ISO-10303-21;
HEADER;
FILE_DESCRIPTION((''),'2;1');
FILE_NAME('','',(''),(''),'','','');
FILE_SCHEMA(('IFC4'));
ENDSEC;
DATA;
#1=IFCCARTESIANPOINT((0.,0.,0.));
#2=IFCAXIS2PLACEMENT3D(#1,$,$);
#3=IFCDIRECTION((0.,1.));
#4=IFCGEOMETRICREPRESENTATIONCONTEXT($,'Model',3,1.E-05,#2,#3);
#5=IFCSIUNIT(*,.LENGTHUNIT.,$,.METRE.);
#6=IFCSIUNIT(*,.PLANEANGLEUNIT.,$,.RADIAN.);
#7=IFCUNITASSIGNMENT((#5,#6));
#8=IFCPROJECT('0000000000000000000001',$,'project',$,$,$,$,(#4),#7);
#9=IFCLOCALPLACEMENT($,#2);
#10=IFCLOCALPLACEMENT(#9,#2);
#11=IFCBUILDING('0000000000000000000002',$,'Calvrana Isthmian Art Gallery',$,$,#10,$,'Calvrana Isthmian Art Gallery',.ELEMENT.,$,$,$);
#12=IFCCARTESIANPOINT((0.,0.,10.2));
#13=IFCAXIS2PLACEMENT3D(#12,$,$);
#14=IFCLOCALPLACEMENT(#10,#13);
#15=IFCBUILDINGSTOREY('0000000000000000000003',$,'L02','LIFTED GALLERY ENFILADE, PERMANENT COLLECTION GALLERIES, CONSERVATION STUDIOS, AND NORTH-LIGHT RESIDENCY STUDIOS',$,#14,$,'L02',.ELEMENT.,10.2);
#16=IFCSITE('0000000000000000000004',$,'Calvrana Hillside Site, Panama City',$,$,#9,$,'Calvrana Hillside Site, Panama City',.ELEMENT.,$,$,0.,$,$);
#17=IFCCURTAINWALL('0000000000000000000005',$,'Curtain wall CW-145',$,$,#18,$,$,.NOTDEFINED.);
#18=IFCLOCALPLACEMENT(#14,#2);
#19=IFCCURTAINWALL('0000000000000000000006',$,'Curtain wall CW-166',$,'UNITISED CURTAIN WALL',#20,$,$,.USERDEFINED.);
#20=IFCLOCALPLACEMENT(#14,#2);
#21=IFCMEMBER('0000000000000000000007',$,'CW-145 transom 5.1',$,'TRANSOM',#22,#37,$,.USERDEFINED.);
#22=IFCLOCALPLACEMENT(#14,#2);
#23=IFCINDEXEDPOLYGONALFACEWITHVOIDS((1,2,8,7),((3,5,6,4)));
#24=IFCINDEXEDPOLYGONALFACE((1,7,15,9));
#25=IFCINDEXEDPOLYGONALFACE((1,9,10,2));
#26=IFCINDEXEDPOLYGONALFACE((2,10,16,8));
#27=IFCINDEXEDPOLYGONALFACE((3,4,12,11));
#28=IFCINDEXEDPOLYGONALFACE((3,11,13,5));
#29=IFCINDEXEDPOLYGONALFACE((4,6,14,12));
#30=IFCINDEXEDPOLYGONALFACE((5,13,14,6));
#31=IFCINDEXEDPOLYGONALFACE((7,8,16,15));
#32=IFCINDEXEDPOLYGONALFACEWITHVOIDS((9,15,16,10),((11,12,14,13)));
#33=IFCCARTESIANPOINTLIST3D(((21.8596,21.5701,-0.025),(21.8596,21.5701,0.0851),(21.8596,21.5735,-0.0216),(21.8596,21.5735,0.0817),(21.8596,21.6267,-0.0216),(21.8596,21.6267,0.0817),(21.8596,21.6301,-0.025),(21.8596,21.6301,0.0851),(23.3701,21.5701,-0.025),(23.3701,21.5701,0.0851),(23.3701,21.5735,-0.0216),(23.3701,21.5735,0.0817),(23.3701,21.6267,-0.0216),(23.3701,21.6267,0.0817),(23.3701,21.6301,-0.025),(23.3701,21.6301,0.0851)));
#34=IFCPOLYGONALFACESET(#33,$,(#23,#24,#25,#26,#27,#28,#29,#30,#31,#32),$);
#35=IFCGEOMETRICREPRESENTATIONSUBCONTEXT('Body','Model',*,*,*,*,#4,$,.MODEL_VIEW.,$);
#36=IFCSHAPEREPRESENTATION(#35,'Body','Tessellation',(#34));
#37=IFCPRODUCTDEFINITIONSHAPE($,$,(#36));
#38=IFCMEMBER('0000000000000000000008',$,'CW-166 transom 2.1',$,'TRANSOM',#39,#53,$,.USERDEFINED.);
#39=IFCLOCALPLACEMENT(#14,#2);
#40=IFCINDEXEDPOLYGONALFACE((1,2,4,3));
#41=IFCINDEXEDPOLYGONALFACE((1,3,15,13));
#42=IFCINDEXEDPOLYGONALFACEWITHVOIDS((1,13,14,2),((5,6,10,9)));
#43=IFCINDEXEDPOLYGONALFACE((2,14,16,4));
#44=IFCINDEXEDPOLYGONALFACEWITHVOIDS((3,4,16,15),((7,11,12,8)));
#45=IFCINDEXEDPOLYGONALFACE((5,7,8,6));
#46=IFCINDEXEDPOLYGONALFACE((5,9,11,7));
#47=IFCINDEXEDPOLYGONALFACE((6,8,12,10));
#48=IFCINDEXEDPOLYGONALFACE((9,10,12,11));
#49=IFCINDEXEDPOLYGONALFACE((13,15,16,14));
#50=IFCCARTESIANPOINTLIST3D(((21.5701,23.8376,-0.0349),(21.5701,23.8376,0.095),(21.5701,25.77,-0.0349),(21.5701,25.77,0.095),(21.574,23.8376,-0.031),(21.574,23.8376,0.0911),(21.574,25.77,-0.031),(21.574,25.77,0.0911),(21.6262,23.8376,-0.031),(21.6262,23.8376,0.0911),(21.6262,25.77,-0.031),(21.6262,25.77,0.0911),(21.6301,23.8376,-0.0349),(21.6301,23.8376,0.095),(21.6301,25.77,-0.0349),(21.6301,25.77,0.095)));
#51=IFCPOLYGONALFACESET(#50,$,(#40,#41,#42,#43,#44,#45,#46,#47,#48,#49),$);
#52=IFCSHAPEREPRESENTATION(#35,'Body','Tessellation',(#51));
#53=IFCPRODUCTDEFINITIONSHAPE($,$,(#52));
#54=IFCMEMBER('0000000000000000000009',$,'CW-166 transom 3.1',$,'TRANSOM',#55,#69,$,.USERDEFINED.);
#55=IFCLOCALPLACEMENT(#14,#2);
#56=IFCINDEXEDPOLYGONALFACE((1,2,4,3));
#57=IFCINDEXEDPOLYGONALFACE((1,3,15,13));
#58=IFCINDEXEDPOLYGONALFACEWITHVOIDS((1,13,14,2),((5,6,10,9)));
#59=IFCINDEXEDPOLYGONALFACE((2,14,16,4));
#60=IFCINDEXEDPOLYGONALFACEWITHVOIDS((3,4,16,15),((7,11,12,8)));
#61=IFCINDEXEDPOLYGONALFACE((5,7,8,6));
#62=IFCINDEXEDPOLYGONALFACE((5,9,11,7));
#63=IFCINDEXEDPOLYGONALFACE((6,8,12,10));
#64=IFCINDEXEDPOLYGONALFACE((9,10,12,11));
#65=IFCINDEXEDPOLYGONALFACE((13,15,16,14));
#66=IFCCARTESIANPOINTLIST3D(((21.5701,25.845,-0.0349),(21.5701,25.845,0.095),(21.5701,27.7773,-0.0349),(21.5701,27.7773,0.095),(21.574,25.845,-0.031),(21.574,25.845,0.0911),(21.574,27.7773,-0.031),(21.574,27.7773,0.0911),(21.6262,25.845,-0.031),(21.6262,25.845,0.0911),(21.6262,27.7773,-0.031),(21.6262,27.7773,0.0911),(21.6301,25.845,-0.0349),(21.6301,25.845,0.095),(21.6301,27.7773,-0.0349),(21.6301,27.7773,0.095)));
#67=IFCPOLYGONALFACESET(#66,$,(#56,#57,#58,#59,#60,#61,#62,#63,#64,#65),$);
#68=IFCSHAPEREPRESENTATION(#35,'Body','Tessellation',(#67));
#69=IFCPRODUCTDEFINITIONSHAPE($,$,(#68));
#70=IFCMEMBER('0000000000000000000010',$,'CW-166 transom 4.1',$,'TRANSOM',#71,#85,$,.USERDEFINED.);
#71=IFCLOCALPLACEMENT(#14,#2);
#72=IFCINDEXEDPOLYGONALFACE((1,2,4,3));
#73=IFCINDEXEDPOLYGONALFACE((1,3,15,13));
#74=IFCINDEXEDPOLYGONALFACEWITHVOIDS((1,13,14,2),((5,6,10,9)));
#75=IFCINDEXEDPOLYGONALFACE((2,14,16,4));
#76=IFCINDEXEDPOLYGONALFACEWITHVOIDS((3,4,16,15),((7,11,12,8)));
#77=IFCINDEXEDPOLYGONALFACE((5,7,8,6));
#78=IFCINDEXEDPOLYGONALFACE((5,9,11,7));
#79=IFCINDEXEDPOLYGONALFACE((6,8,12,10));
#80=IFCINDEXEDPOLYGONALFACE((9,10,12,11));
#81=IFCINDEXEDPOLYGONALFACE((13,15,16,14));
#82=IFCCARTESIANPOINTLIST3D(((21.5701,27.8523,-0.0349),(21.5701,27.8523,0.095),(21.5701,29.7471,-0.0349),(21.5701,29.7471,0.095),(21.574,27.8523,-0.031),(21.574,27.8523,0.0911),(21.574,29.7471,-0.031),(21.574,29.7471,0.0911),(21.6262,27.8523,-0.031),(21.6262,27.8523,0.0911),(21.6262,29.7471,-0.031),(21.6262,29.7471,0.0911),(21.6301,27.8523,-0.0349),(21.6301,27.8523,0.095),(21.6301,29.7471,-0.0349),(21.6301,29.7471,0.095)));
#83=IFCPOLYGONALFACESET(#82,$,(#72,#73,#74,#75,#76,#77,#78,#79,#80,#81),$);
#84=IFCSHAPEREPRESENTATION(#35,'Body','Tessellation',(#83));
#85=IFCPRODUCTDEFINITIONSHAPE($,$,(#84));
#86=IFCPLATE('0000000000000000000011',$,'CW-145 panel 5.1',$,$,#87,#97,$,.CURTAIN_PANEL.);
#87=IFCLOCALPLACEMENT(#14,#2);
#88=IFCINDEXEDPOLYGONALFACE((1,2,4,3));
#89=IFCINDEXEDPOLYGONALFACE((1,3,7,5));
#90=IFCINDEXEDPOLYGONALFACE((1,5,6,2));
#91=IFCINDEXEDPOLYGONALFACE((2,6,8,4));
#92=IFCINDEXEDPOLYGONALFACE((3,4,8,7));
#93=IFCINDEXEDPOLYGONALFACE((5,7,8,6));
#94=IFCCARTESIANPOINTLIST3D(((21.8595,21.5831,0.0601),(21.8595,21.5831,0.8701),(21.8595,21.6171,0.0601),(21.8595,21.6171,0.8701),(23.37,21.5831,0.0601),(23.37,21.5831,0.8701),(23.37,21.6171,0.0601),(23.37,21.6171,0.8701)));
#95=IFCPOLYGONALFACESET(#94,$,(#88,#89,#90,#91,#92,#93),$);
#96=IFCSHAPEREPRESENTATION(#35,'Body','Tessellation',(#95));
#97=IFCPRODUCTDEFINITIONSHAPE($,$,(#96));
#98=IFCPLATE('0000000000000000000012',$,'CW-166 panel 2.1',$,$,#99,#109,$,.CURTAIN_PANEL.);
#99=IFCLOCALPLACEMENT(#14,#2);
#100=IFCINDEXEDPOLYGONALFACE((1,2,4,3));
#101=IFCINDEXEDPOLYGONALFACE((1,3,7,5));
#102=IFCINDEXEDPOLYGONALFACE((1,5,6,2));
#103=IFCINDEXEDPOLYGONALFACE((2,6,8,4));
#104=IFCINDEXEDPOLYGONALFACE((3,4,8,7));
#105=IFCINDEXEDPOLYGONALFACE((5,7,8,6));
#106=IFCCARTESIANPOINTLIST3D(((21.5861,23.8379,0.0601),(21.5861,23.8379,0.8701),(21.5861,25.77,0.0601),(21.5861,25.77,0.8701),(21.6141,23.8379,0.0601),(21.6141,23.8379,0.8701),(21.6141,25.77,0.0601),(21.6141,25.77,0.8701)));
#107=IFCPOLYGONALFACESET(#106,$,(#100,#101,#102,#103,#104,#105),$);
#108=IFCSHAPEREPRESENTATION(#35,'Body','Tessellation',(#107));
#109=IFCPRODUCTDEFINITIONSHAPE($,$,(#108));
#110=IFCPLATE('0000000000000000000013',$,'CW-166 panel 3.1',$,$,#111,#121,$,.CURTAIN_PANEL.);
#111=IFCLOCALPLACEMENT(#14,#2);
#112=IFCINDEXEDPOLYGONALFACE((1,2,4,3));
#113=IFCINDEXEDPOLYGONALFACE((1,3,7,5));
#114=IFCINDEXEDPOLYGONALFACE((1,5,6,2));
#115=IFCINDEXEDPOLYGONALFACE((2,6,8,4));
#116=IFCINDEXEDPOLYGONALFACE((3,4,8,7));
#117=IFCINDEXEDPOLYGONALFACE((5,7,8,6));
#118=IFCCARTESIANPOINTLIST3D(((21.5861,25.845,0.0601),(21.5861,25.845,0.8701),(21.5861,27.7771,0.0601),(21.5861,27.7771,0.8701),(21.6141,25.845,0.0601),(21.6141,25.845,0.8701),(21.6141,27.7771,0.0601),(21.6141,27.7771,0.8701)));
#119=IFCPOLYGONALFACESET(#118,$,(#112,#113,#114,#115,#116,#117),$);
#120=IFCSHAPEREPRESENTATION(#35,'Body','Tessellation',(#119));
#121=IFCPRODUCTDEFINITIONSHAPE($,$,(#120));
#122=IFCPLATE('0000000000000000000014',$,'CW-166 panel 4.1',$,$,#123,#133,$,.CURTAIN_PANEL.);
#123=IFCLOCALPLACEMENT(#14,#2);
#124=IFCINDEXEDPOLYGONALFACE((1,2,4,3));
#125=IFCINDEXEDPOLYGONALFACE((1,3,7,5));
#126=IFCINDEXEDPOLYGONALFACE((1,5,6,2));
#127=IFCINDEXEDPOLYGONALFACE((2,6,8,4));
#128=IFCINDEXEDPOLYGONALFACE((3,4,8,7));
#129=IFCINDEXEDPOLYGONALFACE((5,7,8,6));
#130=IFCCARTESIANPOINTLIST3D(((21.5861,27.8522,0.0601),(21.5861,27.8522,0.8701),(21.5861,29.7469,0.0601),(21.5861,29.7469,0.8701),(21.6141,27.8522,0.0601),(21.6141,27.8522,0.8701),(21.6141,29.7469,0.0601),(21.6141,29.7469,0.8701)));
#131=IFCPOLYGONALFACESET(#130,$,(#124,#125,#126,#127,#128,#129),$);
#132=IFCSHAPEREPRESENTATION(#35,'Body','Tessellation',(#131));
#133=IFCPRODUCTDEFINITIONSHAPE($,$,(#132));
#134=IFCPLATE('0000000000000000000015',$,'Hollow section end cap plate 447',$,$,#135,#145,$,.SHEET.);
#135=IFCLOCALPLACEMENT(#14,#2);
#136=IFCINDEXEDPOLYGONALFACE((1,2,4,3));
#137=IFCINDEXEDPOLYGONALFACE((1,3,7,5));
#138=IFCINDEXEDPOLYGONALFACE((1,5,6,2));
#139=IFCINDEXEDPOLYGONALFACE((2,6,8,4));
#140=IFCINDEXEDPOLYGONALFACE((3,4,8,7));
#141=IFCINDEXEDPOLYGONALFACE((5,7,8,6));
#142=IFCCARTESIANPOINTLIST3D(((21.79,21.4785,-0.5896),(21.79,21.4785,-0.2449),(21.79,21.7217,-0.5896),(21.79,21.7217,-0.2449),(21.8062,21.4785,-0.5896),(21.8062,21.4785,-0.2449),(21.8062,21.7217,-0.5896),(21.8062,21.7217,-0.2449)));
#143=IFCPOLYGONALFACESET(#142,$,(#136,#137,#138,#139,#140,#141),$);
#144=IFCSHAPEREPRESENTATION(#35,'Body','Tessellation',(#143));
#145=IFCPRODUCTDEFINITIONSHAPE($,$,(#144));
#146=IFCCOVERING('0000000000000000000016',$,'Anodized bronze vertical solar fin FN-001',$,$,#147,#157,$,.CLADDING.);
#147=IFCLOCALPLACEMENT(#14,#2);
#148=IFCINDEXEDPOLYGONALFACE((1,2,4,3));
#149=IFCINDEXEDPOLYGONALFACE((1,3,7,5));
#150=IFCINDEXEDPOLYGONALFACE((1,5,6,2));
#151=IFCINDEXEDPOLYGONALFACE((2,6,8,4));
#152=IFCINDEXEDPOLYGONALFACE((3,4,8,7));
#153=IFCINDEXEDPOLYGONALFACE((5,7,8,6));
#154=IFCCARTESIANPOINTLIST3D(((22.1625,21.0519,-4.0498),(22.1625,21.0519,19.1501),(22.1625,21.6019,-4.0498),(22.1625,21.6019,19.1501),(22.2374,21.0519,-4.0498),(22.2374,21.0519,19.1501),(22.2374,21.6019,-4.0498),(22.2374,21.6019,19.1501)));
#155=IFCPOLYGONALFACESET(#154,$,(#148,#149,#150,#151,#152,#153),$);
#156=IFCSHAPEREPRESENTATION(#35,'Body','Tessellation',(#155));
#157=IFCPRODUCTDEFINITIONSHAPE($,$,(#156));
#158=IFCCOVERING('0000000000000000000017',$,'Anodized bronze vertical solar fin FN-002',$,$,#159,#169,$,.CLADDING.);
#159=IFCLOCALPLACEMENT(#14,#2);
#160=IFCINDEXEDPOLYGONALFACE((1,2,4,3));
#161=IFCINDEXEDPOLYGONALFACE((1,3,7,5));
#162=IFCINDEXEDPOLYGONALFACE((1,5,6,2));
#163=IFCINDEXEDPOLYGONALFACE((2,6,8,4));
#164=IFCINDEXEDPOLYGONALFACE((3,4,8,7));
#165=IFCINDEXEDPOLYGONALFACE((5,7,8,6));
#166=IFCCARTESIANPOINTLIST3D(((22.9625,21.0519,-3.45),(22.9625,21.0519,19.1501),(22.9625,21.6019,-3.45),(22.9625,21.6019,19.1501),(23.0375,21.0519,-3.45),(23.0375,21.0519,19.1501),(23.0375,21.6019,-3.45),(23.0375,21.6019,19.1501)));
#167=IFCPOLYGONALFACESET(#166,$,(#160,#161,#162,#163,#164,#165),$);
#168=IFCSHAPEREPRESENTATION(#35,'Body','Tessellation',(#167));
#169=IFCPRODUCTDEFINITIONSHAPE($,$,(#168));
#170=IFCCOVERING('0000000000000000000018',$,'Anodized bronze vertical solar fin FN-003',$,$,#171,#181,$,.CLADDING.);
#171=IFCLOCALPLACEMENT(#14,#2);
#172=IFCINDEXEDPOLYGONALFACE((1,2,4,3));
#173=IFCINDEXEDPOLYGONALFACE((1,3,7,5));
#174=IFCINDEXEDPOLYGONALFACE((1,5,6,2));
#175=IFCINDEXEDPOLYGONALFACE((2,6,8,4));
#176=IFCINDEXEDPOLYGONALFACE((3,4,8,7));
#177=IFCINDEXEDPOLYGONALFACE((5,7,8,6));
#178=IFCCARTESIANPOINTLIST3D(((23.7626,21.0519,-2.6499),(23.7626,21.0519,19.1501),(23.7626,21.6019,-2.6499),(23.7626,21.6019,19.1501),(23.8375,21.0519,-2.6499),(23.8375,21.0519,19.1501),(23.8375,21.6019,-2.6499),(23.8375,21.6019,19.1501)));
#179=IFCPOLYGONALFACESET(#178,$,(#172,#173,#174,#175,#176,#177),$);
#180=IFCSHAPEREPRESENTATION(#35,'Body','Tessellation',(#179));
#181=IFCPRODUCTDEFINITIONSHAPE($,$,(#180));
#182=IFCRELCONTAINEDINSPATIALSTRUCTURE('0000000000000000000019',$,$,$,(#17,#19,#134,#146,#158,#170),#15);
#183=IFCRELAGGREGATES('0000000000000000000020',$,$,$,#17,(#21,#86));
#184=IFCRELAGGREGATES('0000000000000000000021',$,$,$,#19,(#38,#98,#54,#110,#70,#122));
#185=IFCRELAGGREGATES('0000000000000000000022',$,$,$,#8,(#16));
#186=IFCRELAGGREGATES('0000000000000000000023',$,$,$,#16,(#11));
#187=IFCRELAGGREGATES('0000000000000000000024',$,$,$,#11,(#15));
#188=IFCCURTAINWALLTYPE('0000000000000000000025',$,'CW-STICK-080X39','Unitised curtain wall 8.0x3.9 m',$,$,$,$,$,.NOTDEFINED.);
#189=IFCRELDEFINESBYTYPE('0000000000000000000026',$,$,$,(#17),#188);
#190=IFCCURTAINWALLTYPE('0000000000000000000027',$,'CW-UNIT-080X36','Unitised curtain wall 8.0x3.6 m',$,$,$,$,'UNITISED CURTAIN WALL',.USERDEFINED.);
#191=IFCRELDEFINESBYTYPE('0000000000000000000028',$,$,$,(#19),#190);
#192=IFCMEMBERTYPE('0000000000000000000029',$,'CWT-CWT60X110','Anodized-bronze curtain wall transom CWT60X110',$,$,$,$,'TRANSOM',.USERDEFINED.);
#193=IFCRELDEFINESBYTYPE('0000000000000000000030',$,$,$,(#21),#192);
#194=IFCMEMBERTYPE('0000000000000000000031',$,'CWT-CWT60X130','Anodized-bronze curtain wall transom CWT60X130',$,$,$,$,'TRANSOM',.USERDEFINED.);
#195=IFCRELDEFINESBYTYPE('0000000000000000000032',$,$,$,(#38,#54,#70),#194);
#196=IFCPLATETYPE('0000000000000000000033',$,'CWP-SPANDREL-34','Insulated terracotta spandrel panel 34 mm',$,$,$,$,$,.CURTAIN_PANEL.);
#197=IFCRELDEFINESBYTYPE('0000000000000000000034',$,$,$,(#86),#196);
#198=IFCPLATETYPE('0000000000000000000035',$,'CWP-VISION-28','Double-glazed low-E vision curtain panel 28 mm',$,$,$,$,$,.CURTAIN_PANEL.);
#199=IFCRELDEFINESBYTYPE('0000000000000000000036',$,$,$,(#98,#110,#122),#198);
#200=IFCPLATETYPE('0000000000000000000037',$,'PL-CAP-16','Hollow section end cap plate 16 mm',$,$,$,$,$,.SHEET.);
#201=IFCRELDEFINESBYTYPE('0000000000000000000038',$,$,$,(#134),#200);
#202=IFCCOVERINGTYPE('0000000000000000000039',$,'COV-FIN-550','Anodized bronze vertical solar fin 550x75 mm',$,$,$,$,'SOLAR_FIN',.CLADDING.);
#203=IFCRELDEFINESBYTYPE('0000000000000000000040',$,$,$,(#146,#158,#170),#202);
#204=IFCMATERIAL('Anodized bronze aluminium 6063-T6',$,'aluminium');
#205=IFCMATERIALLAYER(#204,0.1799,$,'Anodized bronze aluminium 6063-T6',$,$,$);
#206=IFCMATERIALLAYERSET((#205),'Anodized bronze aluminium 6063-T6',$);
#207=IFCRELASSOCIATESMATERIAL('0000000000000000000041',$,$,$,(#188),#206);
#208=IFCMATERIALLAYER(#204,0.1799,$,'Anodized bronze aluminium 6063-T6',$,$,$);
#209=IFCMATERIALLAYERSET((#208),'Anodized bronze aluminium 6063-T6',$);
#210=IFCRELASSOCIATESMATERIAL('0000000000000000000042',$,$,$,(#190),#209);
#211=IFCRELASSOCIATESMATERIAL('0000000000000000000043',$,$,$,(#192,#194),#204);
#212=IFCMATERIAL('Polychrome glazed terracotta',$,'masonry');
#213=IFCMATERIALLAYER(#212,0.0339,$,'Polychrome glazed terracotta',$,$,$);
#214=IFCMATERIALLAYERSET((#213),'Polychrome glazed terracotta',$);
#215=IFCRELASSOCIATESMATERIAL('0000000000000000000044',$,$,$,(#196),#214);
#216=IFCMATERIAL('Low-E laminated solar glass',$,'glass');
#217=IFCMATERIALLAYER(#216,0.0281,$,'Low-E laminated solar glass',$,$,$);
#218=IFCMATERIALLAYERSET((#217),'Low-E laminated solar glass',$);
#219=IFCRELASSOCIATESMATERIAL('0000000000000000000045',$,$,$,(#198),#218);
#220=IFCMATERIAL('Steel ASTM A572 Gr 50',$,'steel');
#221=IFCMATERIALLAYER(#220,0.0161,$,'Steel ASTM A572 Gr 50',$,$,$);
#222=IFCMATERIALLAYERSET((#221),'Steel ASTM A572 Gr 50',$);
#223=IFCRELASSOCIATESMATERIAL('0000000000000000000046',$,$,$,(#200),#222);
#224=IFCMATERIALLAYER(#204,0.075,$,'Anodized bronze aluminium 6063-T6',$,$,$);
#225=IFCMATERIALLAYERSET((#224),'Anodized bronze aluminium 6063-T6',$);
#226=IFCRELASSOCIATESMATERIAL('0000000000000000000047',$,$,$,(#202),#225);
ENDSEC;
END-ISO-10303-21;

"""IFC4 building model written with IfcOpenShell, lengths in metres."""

from ifc_helpers import new_model, si_unit, direction, frame, origin, origin_2d, place, context, subcontext, project, spatial, rectangle, hollow_rectangle, extrude, material, layer, layer_set, material_profile, profile_set, type_object, element, aggregate, save


model = new_model("IFC4")

# Units and contexts
model_context = context("Model", 3, precision=1e-05, world=origin(), true_north=direction((0.0, 1.0)))
body_context = subcontext(model_context, "Body", "Model", "MODEL_VIEW")
ifc_project = project(units=[si_unit("LENGTHUNIT", "METRE"), si_unit("PLANEANGLEUNIT", "RADIAN")], contexts=[model_context])

# Site, building, storey
site_placement = place(None, origin())
site = spatial("IfcSite", under=ifc_project, at=site_placement, Name="Calvrana Hillside Site, Panama City", LongName="Calvrana Hillside Site, Panama City", CompositionType="ELEMENT", RefElevation=0.0)
building_placement = place(site_placement, origin())
building = spatial("IfcBuilding", under=site, at=building_placement, Name="Calvrana Isthmian Art Gallery", LongName="Calvrana Isthmian Art Gallery", CompositionType="ELEMENT")
storey_placement = place(building_placement, frame((0.0, 0.0, 10.2)))
storey = spatial("IfcBuildingStorey", under=building, at=storey_placement, Name="L02", Description="LIFTED GALLERY ENFILADE, PERMANENT COLLECTION GALLERIES, CONSERVATION STUDIOS, AND NORTH-LIGHT RESIDENCY STUDIOS", LongName="L02", CompositionType="ELEMENT", Elevation=10.2)

# Curtain walls
ifc_material_1 = material(Name="Anodized bronze aluminium 6063-T6", Category="aluminium")
ifc_layer_1 = layer(ifc_material_1, 0.1799, Name="Anodized bronze aluminium 6063-T6")
ifc_layer_set_1 = layer_set([ifc_layer_1], Name="Anodized bronze aluminium 6063-T6")
curtain_wall_type_1 = type_object("IfcCurtainWallType", Name="CW-STICK-080X39", Description="Unitised curtain wall 8.0x3.9 m", PredefinedType="NOTDEFINED", material=ifc_layer_set_1)
curtain_wall_1_placement = place(storey_placement, origin())
curtain_wall_1 = element("IfcCurtainWall", 1, at=curtain_wall_1_placement, inside=storey, type_object=curtain_wall_type_1, Name="Curtain wall CW-145", PredefinedType="NOTDEFINED")
ifc_layer_2 = layer(ifc_material_1, 0.1799, Name="Anodized bronze aluminium 6063-T6")
ifc_layer_set_2 = layer_set([ifc_layer_2], Name="Anodized bronze aluminium 6063-T6")
curtain_wall_type_2 = type_object("IfcCurtainWallType", Name="CW-UNIT-080X36", Description="Unitised curtain wall 8.0x3.6 m", ElementType="UNITISED CURTAIN WALL", PredefinedType="USERDEFINED", material=ifc_layer_set_2)
curtain_wall_2_placement = place(storey_placement, origin())
curtain_wall_2 = element("IfcCurtainWall", 2, at=curtain_wall_2_placement, inside=storey, type_object=curtain_wall_type_2, Name="Curtain wall CW-166", ObjectType="UNITISED CURTAIN WALL", PredefinedType="USERDEFINED")

# Members
ifc_material_profile_1 = material_profile(ifc_material_1, hollow_rectangle(XDim=0.0601, YDim=0.1101, WallThickness=0.0034, at=origin_2d()), Name="CWT60X110")
ifc_profile_set_1 = profile_set([ifc_material_profile_1], Name="Anodized bronze aluminium 6063-T6")
member_type_1 = type_object("IfcMemberType", Name="CWT-CWT60X110", Description="Anodized-bronze curtain wall transom CWT60X110", ElementType="TRANSOM", PredefinedType="USERDEFINED", material=ifc_profile_set_1)
member_1_placement = place(storey_placement, frame((23.3701, 21.6001, 0.03), z_axis=(-1.0, 0.0, 0.0), x_axis=(0.0, -1.0, 0.0)))
member_1 = element("IfcMember", 3, at=member_1_placement, type_object=member_type_1, Name="CW-145 transom 5.1", ObjectType="TRANSOM", PredefinedType="USERDEFINED", context=body_context, shape_type="SweptSolid", body=[
    extrude(hollow_rectangle(XDim=0.0601, YDim=0.1101, WallThickness=0.0034, at=origin_2d()), origin(), (0.0, 0.0, 1.0), 1.5105),
])
ifc_material_profile_2 = material_profile(ifc_material_1, hollow_rectangle(XDim=0.0601, YDim=0.1299, WallThickness=0.0039, at=origin_2d()), Name="CWT60X130")
ifc_profile_set_2 = profile_set([ifc_material_profile_2], Name="Anodized bronze aluminium 6063-T6")
member_type_2 = type_object("IfcMemberType", Name="CWT-CWT60X130", Description="Anodized-bronze curtain wall transom CWT60X130", ElementType="TRANSOM", PredefinedType="USERDEFINED", material=ifc_profile_set_2)
member_2_placement = place(storey_placement, frame((21.6001, 23.8376, 0.03), z_axis=(0.0, 1.0, 0.0), x_axis=(-1.0, 0.0, 0.0)))
member_2 = element("IfcMember", 4, at=member_2_placement, type_object=member_type_2, Name="CW-166 transom 2.1", ObjectType="TRANSOM", PredefinedType="USERDEFINED", context=body_context, shape_type="SweptSolid", body=[
    extrude(hollow_rectangle(XDim=0.0601, YDim=0.1299, WallThickness=0.0039, at=origin_2d()), origin(), (0.0, 0.0, 1.0), 1.9324),
])
member_3_placement = place(storey_placement, frame((21.6001, 25.845, 0.03), z_axis=(0.0, 1.0, 0.0), x_axis=(-1.0, 0.0, 0.0)))
member_3 = element("IfcMember", 5, at=member_3_placement, type_object=member_type_2, Name="CW-166 transom 3.1", ObjectType="TRANSOM", PredefinedType="USERDEFINED", context=body_context, shape_type="SweptSolid", body=[
    extrude(hollow_rectangle(XDim=0.0601, YDim=0.1299, WallThickness=0.0039, at=origin_2d()), origin(), (0.0, 0.0, 1.0), 1.9324),
])
member_4_placement = place(storey_placement, frame((21.6001, 27.8523, 0.03), z_axis=(0.0, 1.0, 0.0), x_axis=(-1.0, 0.0, 0.0)))
member_4 = element("IfcMember", 6, at=member_4_placement, type_object=member_type_2, Name="CW-166 transom 4.1", ObjectType="TRANSOM", PredefinedType="USERDEFINED", context=body_context, shape_type="SweptSolid", body=[
    extrude(hollow_rectangle(XDim=0.0601, YDim=0.1299, WallThickness=0.0039, at=origin_2d()), origin(), (0.0, 0.0, 1.0), 1.8948),
])

# Plates
ifc_material_2 = material(Name="Polychrome glazed terracotta", Category="masonry")
ifc_layer_3 = layer(ifc_material_2, 0.0339, Name="Polychrome glazed terracotta")
ifc_layer_set_3 = layer_set([ifc_layer_3], Name="Polychrome glazed terracotta")
plate_type_1 = type_object("IfcPlateType", Name="CWP-SPANDREL-34", Description="Insulated terracotta spandrel panel 34 mm", PredefinedType="CURTAIN_PANEL", material=ifc_layer_set_3)
plate_1_placement = place(storey_placement, frame((22.6147, 21.6001, 0.0601), z_axis=(0.0, 0.0, 1.0), x_axis=(-1.0, 0.0, 0.0)))
plate_1 = element("IfcPlate", 7, at=plate_1_placement, type_object=plate_type_1, Name="CW-145 panel 5.1", PredefinedType="CURTAIN_PANEL", context=body_context, shape_type="SweptSolid", body=[
    extrude(rectangle(XDim=1.5105, YDim=0.0339, at=origin_2d()), origin(), (0.0, 0.0, 1.0), 0.8101),
])
aggregate(curtain_wall_1, [member_1, plate_1])
ifc_material_3 = material(Name="Low-E laminated solar glass", Category="glass")
ifc_layer_4 = layer(ifc_material_3, 0.0281, Name="Low-E laminated solar glass")
ifc_layer_set_4 = layer_set([ifc_layer_4], Name="Low-E laminated solar glass")
plate_type_2 = type_object("IfcPlateType", Name="CWP-VISION-28", Description="Double-glazed low-E vision curtain panel 28 mm", PredefinedType="CURTAIN_PANEL", material=ifc_layer_set_4)
plate_2_placement = place(storey_placement, frame((21.6001, 24.804, 0.0601), z_axis=(0.0, 0.0, 1.0), x_axis=(0.0, 1.0, 0.0)))
plate_2 = element("IfcPlate", 8, at=plate_2_placement, type_object=plate_type_2, Name="CW-166 panel 2.1", PredefinedType="CURTAIN_PANEL", context=body_context, shape_type="SweptSolid", body=[
    extrude(rectangle(XDim=1.9321, YDim=0.0281, at=origin_2d()), origin(), (0.0, 0.0, 1.0), 0.8101),
])
plate_3_placement = place(storey_placement, frame((21.6001, 26.811, 0.0601), z_axis=(0.0, 0.0, 1.0), x_axis=(0.0, 1.0, 0.0)))
plate_3 = element("IfcPlate", 9, at=plate_3_placement, type_object=plate_type_2, Name="CW-166 panel 3.1", PredefinedType="CURTAIN_PANEL", context=body_context, shape_type="SweptSolid", body=[
    extrude(rectangle(XDim=1.9321, YDim=0.0281, at=origin_2d()), origin(), (0.0, 0.0, 1.0), 0.8101),
])
plate_4_placement = place(storey_placement, frame((21.6001, 28.7996, 0.0601), z_axis=(0.0, 0.0, 1.0), x_axis=(0.0, 1.0, 0.0)))
plate_4 = element("IfcPlate", 10, at=plate_4_placement, type_object=plate_type_2, Name="CW-166 panel 4.1", PredefinedType="CURTAIN_PANEL", context=body_context, shape_type="SweptSolid", body=[
    extrude(rectangle(XDim=1.8948, YDim=0.0281, at=origin_2d()), origin(), (0.0, 0.0, 1.0), 0.8101),
])
aggregate(curtain_wall_2, [member_2, plate_2, member_3, plate_3, member_4, plate_4])
ifc_material_4 = material(Name="Steel ASTM A572 Gr 50", Category="steel")
ifc_layer_5 = layer(ifc_material_4, 0.0161, Name="Steel ASTM A572 Gr 50")
ifc_layer_set_5 = layer_set([ifc_layer_5], Name="Steel ASTM A572 Gr 50")
plate_type_3 = type_object("IfcPlateType", Name="PL-CAP-16", Description="Hollow section end cap plate 16 mm", PredefinedType="SHEET", material=ifc_layer_set_5)
plate_5_placement = place(storey_placement, frame((21.7981, 21.6001, -0.5896), z_axis=(0.0, 0.0, 1.0), x_axis=(1.0, 0.0, 0.0)))
element("IfcPlate", 11, at=plate_5_placement, inside=storey, type_object=plate_type_3, Name="Hollow section end cap plate 447", PredefinedType="SHEET", context=body_context, shape_type="SweptSolid", body=[
    extrude(rectangle(XDim=0.0161, YDim=0.2432, at=origin_2d()), origin(), (0.0, 0.0, 1.0), 0.3447),
])

# Coverings
ifc_layer_6 = layer(ifc_material_1, 0.075, Name="Anodized bronze aluminium 6063-T6")
ifc_layer_set_6 = layer_set([ifc_layer_6], Name="Anodized bronze aluminium 6063-T6")
covering_type = type_object("IfcCoveringType", Name="COV-FIN-550", Description="Anodized bronze vertical solar fin 550x75 mm", ElementType="SOLAR_FIN", PredefinedType="CLADDING", material=ifc_layer_set_6)
covering_1_placement = place(storey_placement, frame((22.2, 21.3269, -4.0498), z_axis=(0.0, 0.0, 1.0), x_axis=(1.0, 0.0, 0.0)))
element("IfcCovering", 12, at=covering_1_placement, inside=storey, type_object=covering_type, Name="Anodized bronze vertical solar fin FN-001", PredefinedType="CLADDING", context=body_context, shape_type="SweptSolid", body=[
    extrude(rectangle(XDim=0.075, YDim=0.55, at=origin_2d()), origin(), (0.0, 0.0, 1.0), 23.2),
])
covering_2_placement = place(storey_placement, frame((23.0, 21.3269, -3.45), z_axis=(0.0, 0.0, 1.0), x_axis=(1.0, 0.0, 0.0)))
element("IfcCovering", 13, at=covering_2_placement, inside=storey, type_object=covering_type, Name="Anodized bronze vertical solar fin FN-002", PredefinedType="CLADDING", context=body_context, shape_type="SweptSolid", body=[
    extrude(rectangle(XDim=0.075, YDim=0.55, at=origin_2d()), origin(), (0.0, 0.0, 1.0), 22.6001),
])
covering_3_placement = place(storey_placement, frame((23.8, 21.3269, -2.6499), z_axis=(0.0, 0.0, 1.0), x_axis=(1.0, 0.0, 0.0)))
element("IfcCovering", 14, at=covering_3_placement, inside=storey, type_object=covering_type, Name="Anodized bronze vertical solar fin FN-003", PredefinedType="CLADDING", context=body_context, shape_type="SweptSolid", body=[
    extrude(rectangle(XDim=0.075, YDim=0.55, at=origin_2d()), origin(), (0.0, 0.0, 1.0), 21.8),
])

save(model, "model.ifc")
